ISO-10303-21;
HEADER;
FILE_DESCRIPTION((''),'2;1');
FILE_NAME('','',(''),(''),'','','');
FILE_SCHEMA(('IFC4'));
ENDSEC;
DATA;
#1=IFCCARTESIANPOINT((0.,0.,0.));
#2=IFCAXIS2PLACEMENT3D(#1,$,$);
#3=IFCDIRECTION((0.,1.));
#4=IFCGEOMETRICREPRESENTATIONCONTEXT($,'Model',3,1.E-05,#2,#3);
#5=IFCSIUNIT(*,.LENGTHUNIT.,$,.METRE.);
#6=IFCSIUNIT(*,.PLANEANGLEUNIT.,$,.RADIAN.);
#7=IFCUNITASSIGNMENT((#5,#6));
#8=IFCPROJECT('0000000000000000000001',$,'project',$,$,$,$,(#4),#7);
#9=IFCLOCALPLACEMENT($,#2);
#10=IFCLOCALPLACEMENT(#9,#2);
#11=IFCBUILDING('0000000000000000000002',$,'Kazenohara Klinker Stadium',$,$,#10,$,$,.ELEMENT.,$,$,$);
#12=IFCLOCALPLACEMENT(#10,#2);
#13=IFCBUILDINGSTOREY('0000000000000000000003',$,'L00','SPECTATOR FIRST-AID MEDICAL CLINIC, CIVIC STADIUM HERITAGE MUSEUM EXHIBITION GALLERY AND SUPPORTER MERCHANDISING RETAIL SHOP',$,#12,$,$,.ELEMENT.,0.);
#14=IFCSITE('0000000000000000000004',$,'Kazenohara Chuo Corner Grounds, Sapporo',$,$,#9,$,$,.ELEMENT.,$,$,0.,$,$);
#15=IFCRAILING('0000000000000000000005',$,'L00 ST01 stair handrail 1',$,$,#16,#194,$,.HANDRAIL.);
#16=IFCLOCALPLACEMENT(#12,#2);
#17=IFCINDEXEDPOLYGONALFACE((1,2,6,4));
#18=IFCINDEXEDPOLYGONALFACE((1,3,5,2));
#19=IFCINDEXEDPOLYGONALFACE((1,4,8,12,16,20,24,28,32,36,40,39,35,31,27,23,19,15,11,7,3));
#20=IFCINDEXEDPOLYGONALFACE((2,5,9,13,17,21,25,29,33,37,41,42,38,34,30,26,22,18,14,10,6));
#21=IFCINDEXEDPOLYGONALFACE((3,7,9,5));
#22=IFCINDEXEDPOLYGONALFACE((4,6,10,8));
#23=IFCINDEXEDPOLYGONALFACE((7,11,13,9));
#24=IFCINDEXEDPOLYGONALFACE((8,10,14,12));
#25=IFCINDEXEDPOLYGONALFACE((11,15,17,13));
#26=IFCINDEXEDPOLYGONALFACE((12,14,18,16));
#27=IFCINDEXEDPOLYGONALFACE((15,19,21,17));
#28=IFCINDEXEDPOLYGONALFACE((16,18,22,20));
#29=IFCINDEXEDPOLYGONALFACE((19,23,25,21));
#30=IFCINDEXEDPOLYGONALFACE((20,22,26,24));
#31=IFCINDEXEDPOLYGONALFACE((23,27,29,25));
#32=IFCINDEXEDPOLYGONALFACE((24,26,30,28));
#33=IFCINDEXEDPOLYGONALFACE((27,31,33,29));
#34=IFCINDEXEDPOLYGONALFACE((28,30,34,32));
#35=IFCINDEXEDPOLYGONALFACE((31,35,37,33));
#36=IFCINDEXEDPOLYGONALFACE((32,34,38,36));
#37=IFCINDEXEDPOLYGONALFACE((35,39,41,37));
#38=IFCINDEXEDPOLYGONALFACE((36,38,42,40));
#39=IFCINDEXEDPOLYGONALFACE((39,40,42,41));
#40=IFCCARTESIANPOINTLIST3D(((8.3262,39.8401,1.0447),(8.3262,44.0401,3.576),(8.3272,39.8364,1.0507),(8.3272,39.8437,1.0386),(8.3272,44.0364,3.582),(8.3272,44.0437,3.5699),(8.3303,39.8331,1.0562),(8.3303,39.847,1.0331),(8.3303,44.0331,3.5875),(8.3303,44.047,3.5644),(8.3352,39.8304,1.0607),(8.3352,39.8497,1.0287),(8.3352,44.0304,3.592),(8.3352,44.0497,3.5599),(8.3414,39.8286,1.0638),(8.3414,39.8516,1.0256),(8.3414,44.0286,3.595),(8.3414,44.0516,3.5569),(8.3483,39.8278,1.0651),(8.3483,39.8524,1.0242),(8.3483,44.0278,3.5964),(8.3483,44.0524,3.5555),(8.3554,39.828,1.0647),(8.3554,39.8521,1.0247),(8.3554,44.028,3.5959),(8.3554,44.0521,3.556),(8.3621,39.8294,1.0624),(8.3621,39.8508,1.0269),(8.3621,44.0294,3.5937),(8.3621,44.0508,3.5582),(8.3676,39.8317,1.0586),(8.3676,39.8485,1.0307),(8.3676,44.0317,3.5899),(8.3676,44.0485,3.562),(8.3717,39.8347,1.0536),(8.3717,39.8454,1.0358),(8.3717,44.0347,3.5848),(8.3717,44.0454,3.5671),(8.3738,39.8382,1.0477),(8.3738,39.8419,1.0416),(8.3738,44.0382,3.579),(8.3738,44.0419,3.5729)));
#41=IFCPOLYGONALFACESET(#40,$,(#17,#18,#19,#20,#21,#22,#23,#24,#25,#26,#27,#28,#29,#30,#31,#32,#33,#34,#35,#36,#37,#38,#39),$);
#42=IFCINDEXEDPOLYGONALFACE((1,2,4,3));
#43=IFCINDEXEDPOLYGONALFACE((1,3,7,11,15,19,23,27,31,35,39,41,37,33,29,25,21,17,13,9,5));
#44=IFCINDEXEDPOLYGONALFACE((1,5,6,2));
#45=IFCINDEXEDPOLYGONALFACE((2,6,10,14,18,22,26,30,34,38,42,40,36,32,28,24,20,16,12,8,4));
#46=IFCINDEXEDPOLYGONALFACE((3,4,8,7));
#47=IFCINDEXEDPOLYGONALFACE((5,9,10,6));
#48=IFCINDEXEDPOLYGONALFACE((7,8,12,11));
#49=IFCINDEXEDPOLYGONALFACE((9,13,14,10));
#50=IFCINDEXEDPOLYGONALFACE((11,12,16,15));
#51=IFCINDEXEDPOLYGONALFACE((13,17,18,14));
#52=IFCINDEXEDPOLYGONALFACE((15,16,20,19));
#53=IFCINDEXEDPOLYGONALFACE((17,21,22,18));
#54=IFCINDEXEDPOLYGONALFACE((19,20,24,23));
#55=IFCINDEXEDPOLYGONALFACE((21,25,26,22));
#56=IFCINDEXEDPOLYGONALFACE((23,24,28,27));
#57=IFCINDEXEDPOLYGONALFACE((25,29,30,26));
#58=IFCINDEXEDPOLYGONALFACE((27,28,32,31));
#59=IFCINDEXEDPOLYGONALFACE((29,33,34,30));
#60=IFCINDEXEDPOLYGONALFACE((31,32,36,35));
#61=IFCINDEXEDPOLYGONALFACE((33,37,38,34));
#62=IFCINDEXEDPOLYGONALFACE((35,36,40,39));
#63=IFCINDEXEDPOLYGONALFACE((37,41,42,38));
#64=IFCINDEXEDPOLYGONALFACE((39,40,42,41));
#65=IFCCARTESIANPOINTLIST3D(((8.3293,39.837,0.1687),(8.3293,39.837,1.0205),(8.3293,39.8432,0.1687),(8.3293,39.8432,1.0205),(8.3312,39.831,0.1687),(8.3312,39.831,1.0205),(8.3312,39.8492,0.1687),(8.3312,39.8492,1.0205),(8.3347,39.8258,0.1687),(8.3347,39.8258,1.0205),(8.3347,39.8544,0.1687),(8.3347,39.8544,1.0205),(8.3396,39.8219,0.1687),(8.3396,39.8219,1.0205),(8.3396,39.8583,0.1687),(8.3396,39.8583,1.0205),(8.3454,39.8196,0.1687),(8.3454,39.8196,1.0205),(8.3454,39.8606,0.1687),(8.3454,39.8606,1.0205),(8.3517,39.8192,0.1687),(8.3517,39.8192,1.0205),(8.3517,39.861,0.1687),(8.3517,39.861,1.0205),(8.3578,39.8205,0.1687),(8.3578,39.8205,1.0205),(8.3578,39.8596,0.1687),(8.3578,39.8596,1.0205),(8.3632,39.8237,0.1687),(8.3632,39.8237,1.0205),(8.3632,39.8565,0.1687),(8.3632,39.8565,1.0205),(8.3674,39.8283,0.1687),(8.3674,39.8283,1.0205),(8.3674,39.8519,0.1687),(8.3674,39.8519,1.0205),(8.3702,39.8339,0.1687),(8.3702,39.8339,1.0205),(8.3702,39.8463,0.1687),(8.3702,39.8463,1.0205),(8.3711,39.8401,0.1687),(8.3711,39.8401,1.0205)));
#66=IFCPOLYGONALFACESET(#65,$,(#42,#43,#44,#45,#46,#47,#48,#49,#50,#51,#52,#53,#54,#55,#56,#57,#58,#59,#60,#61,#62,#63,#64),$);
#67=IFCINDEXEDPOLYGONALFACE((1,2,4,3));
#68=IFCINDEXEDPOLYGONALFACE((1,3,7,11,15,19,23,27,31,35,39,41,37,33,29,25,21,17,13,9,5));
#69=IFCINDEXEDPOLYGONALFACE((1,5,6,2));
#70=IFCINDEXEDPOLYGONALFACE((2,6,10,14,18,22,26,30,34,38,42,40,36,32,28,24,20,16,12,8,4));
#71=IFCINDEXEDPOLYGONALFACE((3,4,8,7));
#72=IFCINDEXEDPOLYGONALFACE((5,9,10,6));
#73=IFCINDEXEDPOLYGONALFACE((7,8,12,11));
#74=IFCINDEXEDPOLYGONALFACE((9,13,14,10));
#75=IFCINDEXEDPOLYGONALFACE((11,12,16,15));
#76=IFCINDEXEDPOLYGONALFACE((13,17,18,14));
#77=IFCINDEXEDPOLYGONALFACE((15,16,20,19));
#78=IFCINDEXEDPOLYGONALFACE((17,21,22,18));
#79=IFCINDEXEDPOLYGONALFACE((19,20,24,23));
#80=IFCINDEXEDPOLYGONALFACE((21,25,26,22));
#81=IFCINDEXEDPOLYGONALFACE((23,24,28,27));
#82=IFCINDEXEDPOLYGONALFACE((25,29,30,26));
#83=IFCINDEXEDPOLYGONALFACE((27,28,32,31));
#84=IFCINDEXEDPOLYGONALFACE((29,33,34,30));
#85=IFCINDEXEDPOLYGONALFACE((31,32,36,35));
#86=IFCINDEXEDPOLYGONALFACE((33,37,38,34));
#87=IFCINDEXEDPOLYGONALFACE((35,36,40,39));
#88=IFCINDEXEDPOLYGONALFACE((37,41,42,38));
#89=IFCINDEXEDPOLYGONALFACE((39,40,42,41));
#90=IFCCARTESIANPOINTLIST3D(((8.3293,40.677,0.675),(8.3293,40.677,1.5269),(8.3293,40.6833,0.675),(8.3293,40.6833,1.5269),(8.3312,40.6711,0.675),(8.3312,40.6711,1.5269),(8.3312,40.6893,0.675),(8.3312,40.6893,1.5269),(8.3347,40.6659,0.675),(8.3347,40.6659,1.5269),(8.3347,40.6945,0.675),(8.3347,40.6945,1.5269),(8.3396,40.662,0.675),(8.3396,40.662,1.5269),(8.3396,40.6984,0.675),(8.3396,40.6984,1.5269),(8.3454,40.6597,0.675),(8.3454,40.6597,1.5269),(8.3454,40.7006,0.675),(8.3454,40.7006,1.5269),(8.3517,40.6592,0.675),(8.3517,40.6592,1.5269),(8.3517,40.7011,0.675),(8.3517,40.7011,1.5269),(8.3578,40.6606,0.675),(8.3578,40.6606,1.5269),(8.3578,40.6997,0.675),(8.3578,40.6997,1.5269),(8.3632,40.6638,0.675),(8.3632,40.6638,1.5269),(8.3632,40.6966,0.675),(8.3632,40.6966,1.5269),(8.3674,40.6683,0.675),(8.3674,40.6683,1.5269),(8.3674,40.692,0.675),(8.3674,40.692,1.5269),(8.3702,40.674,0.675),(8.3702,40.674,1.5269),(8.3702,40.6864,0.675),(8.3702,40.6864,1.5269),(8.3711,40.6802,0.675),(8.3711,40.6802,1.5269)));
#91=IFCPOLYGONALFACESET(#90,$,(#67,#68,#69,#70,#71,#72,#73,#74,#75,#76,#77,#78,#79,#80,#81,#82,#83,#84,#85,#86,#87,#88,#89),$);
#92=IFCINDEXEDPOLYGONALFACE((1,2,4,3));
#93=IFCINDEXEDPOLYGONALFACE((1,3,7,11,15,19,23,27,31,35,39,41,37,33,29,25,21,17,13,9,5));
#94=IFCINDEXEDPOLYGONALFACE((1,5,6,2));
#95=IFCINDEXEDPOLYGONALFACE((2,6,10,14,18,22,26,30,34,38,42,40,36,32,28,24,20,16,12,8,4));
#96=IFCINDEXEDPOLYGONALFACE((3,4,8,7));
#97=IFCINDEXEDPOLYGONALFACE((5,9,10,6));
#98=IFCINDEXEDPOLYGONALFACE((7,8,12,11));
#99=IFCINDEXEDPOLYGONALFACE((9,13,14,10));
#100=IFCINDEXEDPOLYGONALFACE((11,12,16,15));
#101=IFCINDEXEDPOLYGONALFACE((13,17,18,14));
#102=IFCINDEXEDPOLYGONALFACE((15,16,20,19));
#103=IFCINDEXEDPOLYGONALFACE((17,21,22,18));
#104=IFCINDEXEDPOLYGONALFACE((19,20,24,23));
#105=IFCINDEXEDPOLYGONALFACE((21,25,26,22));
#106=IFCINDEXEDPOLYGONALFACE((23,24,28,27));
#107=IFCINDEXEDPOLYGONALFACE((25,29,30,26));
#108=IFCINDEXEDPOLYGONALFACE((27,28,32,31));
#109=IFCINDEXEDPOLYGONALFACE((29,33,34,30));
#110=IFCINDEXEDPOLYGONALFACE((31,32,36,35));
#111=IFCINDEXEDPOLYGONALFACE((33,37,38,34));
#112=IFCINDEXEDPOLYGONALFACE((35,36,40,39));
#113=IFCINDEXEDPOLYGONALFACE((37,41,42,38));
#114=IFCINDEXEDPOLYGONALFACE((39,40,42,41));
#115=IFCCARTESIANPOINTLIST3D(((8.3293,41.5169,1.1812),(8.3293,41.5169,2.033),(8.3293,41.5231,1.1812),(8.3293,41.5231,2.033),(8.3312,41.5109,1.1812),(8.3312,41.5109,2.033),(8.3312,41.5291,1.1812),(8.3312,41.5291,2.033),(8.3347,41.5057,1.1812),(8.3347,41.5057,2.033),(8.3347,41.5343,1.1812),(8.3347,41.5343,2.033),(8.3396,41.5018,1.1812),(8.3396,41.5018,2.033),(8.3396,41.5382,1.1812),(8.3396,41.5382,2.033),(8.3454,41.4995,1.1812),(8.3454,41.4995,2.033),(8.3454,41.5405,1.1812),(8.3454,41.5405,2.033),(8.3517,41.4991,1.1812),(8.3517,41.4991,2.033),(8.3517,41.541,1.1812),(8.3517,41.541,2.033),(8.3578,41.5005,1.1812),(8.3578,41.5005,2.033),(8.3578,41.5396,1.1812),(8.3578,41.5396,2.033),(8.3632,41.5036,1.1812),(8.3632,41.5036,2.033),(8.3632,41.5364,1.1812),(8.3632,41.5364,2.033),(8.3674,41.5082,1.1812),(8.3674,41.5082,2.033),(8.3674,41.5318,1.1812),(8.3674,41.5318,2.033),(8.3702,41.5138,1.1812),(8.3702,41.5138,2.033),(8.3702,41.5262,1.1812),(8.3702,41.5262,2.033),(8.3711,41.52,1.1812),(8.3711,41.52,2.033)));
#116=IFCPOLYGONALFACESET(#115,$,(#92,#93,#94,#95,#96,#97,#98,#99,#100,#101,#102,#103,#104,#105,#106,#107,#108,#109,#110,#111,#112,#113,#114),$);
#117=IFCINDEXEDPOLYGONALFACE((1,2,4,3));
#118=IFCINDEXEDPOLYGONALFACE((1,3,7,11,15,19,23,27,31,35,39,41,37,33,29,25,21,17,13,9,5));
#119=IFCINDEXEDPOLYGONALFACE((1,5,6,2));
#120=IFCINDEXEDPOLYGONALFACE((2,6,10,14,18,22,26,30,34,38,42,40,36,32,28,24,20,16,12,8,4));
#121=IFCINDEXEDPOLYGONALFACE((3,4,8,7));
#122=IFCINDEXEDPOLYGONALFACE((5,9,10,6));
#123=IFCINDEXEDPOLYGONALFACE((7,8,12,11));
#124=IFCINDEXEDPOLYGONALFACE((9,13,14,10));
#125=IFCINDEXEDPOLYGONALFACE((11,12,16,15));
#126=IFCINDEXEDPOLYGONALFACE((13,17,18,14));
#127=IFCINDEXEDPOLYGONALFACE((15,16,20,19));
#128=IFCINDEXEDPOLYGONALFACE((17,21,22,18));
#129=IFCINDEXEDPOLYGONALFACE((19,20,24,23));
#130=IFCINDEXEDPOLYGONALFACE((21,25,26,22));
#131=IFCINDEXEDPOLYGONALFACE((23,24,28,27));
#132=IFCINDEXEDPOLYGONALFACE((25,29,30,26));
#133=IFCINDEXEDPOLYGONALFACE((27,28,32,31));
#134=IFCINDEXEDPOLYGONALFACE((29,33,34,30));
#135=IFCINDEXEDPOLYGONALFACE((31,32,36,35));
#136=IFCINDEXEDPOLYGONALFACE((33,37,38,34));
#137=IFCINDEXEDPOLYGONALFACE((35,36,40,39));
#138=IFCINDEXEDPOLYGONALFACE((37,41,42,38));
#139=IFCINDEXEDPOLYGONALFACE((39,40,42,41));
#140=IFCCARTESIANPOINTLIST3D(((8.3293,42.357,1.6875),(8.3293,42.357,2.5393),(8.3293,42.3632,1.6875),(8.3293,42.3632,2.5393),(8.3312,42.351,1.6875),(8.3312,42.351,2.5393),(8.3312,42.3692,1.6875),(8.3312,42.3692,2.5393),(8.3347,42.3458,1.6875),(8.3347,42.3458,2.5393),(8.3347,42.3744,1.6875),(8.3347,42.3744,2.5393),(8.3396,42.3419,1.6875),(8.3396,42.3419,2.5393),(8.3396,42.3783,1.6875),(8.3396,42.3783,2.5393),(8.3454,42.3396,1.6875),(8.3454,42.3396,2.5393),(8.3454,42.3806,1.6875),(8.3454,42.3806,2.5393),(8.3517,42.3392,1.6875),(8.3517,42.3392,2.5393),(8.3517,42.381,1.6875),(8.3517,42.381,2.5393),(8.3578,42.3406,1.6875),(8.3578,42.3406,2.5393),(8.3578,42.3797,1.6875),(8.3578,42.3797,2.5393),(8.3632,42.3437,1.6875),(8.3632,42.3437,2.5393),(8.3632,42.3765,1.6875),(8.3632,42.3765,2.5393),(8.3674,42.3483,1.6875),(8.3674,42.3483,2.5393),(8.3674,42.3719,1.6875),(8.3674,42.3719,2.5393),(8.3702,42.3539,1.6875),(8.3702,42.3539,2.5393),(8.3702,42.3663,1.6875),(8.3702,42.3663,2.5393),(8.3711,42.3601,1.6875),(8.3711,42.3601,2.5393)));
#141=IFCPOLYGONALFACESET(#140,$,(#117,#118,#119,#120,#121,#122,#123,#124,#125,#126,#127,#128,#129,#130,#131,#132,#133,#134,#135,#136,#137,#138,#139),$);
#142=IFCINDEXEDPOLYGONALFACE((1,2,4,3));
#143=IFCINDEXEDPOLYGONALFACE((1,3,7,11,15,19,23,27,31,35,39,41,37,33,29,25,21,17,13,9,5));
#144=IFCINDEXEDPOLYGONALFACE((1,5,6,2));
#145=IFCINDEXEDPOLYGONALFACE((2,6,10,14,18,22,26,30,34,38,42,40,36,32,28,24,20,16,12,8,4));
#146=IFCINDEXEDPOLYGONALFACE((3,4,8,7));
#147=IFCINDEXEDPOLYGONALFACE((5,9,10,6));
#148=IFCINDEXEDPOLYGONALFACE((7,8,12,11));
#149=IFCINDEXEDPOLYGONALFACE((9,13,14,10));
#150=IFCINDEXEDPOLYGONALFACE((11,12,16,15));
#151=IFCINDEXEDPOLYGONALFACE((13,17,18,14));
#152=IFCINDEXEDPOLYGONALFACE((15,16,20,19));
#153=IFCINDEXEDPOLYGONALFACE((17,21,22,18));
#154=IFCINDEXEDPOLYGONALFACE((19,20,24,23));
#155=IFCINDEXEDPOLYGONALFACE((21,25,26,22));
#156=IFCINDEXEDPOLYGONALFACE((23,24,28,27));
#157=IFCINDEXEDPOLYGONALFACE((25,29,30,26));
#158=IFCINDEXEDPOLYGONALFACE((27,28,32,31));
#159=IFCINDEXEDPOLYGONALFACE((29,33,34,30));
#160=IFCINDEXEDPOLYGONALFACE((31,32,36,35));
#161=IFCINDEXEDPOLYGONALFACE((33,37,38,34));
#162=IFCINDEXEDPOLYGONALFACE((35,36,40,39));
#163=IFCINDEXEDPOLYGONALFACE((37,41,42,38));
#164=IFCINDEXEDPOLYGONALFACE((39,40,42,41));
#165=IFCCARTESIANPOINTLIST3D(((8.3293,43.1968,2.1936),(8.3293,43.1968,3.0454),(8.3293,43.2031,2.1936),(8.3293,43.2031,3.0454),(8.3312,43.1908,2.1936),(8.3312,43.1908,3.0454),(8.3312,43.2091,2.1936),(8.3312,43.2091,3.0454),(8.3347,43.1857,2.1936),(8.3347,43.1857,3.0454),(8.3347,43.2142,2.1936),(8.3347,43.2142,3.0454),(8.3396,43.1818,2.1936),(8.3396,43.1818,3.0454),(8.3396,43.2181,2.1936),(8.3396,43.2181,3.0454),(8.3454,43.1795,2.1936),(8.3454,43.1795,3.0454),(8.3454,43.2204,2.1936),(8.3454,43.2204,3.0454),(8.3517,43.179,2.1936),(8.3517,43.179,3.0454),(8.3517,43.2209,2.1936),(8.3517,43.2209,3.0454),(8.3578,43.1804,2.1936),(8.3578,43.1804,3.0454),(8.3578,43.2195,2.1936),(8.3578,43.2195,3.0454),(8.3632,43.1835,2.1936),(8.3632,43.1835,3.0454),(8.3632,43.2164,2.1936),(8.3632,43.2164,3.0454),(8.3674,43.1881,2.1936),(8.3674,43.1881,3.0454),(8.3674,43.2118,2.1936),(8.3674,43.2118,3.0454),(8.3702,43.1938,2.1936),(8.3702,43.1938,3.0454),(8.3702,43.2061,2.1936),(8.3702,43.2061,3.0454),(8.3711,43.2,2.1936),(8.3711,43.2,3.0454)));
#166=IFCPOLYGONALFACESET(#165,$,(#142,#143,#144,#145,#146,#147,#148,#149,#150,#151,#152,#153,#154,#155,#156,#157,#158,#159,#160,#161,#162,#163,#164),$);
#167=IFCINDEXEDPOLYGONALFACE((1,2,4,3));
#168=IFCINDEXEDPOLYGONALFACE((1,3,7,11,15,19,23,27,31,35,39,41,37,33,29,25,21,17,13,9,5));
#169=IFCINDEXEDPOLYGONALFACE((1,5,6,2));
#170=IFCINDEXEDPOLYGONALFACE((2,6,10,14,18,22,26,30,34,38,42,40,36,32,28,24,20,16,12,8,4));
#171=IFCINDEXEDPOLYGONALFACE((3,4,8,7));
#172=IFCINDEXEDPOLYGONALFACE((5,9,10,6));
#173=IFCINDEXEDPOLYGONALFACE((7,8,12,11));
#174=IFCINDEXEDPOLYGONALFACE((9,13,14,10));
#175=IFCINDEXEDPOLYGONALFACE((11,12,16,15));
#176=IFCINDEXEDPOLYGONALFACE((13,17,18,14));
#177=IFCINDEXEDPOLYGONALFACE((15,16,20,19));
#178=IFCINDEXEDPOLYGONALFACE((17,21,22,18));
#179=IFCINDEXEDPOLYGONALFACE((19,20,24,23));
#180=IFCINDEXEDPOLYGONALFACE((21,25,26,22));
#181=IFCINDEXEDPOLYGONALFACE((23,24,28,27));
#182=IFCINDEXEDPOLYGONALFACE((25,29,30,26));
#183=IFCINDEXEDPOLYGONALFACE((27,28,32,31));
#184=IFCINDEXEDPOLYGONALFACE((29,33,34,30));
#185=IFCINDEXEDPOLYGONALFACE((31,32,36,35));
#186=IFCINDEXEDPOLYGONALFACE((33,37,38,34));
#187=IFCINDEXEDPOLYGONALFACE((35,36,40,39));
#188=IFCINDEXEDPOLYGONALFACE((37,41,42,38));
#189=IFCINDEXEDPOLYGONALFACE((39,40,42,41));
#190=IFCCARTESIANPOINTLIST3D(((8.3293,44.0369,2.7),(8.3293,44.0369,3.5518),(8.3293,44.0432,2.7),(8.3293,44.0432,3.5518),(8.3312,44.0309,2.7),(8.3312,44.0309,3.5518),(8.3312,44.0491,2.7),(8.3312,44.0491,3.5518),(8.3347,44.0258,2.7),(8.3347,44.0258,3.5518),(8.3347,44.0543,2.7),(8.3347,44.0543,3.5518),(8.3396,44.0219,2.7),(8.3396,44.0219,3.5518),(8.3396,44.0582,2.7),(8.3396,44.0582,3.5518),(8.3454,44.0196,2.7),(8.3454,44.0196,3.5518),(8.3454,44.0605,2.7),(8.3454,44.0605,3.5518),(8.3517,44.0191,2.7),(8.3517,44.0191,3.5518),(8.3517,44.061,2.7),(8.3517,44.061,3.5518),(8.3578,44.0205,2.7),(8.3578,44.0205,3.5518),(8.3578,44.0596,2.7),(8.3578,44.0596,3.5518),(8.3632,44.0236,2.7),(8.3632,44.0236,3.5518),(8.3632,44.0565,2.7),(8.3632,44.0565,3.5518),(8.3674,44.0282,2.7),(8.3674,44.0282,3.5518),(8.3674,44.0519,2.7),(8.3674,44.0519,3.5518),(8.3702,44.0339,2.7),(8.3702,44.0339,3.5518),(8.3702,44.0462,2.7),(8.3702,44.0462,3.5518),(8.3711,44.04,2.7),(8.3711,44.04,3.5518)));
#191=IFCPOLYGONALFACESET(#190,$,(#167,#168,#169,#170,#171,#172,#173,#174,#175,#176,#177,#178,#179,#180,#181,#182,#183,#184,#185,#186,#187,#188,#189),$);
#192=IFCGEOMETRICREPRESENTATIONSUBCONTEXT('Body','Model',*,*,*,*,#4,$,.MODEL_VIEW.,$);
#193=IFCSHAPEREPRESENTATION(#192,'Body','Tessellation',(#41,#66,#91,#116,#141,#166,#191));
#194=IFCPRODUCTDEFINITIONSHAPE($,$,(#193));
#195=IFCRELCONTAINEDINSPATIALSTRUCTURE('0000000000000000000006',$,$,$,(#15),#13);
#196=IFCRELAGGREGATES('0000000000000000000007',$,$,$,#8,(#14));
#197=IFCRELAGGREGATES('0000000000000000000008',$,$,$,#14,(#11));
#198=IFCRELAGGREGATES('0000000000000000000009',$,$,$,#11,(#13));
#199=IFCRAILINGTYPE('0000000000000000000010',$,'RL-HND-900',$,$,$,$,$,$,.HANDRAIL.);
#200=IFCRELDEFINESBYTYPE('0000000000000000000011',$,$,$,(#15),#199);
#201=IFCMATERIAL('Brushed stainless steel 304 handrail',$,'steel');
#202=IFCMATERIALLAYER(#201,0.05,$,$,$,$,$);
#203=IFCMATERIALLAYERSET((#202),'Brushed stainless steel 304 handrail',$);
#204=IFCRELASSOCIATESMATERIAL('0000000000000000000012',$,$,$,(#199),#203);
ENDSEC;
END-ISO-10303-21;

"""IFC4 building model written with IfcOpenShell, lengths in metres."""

from ifc_helpers import new_model, si_unit, direction, frame, origin, origin_2d, place, context, subcontext, project, spatial, circle, extrude, material, layer, layer_set, type_object, element, save


model = new_model("IFC4")

# Units and contexts
model_context = context("Model", 3, precision=1e-05, world=origin(), true_north=direction((0.0, 1.0)))
body_context = subcontext(model_context, "Body", "Model", "MODEL_VIEW")
ifc_project = project(units=[si_unit("LENGTHUNIT", "METRE"), si_unit("PLANEANGLEUNIT", "RADIAN")], contexts=[model_context])

# Site, building, storey
site_placement = place(None, origin())
site = spatial("IfcSite", under=ifc_project, at=site_placement, Name="Kazenohara Chuo Corner Grounds, Sapporo", CompositionType="ELEMENT", RefElevation=0.0)
building_placement = place(site_placement, origin())
building = spatial("IfcBuilding", under=site, at=building_placement, Name="Kazenohara Klinker Stadium", CompositionType="ELEMENT")
storey_placement = place(building_placement, origin())
storey = spatial("IfcBuildingStorey", under=building, at=storey_placement, Name="L00", Description="SPECTATOR FIRST-AID MEDICAL CLINIC, CIVIC STADIUM HERITAGE MUSEUM EXHIBITION GALLERY AND SUPPORTER MERCHANDISING RETAIL SHOP", CompositionType="ELEMENT", Elevation=0.0)

# Railing
ifc_material_1 = material(Name="Brushed stainless steel 304 handrail", Category="steel")
ifc_layer_1 = layer(ifc_material_1, 0.05)
ifc_layer_set_1 = layer_set([ifc_layer_1], Name="Brushed stainless steel 304 handrail")
railing_type_1 = type_object("IfcRailingType", Name="RL-HND-900", PredefinedType="HANDRAIL", material=ifc_layer_set_1)
railing_1_placement = place(storey_placement, frame((8.3501, 39.8401, 0.1687)))
element("IfcRailing", 1, at=railing_1_placement, inside=storey, type_object=railing_type_1, Name="L00 ST01 stair handrail 1", PredefinedType="HANDRAIL", context=body_context, shape_type="SweptSolid", body=[
    extrude(circle(Radius=0.0239, at=origin_2d()), frame((0.0, 0.0, 0.876), z_axis=(0.0, 0.856476, 0.516186), x_axis=(-1.0, 0.0, 0.0)), (0.0, 0.0, 1.0), 4.9038),
    extrude(circle(Radius=0.021, at=origin_2d()), origin(), (0.0, 0.0, 1.0), 0.8518),
    extrude(circle(Radius=0.021, at=origin_2d()), frame((0.0, 0.8401, 0.5063)), (0.0, 0.0, 1.0), 0.8518),
    extrude(circle(Radius=0.021, at=origin_2d()), frame((0.0, 1.6799, 1.0125)), (0.0, 0.0, 1.0), 0.8518),
    extrude(circle(Radius=0.021, at=origin_2d()), frame((0.0, 2.52, 1.5188)), (0.0, 0.0, 1.0), 0.8518),
    extrude(circle(Radius=0.021, at=origin_2d()), frame((0.0, 3.3599, 2.0249)), (0.0, 0.0, 1.0), 0.8518),
    extrude(circle(Radius=0.021, at=origin_2d()), frame((0.0, 4.2, 2.5312)), (0.0, 0.0, 1.0), 0.8518),
])

save(model, "model.ifc")
